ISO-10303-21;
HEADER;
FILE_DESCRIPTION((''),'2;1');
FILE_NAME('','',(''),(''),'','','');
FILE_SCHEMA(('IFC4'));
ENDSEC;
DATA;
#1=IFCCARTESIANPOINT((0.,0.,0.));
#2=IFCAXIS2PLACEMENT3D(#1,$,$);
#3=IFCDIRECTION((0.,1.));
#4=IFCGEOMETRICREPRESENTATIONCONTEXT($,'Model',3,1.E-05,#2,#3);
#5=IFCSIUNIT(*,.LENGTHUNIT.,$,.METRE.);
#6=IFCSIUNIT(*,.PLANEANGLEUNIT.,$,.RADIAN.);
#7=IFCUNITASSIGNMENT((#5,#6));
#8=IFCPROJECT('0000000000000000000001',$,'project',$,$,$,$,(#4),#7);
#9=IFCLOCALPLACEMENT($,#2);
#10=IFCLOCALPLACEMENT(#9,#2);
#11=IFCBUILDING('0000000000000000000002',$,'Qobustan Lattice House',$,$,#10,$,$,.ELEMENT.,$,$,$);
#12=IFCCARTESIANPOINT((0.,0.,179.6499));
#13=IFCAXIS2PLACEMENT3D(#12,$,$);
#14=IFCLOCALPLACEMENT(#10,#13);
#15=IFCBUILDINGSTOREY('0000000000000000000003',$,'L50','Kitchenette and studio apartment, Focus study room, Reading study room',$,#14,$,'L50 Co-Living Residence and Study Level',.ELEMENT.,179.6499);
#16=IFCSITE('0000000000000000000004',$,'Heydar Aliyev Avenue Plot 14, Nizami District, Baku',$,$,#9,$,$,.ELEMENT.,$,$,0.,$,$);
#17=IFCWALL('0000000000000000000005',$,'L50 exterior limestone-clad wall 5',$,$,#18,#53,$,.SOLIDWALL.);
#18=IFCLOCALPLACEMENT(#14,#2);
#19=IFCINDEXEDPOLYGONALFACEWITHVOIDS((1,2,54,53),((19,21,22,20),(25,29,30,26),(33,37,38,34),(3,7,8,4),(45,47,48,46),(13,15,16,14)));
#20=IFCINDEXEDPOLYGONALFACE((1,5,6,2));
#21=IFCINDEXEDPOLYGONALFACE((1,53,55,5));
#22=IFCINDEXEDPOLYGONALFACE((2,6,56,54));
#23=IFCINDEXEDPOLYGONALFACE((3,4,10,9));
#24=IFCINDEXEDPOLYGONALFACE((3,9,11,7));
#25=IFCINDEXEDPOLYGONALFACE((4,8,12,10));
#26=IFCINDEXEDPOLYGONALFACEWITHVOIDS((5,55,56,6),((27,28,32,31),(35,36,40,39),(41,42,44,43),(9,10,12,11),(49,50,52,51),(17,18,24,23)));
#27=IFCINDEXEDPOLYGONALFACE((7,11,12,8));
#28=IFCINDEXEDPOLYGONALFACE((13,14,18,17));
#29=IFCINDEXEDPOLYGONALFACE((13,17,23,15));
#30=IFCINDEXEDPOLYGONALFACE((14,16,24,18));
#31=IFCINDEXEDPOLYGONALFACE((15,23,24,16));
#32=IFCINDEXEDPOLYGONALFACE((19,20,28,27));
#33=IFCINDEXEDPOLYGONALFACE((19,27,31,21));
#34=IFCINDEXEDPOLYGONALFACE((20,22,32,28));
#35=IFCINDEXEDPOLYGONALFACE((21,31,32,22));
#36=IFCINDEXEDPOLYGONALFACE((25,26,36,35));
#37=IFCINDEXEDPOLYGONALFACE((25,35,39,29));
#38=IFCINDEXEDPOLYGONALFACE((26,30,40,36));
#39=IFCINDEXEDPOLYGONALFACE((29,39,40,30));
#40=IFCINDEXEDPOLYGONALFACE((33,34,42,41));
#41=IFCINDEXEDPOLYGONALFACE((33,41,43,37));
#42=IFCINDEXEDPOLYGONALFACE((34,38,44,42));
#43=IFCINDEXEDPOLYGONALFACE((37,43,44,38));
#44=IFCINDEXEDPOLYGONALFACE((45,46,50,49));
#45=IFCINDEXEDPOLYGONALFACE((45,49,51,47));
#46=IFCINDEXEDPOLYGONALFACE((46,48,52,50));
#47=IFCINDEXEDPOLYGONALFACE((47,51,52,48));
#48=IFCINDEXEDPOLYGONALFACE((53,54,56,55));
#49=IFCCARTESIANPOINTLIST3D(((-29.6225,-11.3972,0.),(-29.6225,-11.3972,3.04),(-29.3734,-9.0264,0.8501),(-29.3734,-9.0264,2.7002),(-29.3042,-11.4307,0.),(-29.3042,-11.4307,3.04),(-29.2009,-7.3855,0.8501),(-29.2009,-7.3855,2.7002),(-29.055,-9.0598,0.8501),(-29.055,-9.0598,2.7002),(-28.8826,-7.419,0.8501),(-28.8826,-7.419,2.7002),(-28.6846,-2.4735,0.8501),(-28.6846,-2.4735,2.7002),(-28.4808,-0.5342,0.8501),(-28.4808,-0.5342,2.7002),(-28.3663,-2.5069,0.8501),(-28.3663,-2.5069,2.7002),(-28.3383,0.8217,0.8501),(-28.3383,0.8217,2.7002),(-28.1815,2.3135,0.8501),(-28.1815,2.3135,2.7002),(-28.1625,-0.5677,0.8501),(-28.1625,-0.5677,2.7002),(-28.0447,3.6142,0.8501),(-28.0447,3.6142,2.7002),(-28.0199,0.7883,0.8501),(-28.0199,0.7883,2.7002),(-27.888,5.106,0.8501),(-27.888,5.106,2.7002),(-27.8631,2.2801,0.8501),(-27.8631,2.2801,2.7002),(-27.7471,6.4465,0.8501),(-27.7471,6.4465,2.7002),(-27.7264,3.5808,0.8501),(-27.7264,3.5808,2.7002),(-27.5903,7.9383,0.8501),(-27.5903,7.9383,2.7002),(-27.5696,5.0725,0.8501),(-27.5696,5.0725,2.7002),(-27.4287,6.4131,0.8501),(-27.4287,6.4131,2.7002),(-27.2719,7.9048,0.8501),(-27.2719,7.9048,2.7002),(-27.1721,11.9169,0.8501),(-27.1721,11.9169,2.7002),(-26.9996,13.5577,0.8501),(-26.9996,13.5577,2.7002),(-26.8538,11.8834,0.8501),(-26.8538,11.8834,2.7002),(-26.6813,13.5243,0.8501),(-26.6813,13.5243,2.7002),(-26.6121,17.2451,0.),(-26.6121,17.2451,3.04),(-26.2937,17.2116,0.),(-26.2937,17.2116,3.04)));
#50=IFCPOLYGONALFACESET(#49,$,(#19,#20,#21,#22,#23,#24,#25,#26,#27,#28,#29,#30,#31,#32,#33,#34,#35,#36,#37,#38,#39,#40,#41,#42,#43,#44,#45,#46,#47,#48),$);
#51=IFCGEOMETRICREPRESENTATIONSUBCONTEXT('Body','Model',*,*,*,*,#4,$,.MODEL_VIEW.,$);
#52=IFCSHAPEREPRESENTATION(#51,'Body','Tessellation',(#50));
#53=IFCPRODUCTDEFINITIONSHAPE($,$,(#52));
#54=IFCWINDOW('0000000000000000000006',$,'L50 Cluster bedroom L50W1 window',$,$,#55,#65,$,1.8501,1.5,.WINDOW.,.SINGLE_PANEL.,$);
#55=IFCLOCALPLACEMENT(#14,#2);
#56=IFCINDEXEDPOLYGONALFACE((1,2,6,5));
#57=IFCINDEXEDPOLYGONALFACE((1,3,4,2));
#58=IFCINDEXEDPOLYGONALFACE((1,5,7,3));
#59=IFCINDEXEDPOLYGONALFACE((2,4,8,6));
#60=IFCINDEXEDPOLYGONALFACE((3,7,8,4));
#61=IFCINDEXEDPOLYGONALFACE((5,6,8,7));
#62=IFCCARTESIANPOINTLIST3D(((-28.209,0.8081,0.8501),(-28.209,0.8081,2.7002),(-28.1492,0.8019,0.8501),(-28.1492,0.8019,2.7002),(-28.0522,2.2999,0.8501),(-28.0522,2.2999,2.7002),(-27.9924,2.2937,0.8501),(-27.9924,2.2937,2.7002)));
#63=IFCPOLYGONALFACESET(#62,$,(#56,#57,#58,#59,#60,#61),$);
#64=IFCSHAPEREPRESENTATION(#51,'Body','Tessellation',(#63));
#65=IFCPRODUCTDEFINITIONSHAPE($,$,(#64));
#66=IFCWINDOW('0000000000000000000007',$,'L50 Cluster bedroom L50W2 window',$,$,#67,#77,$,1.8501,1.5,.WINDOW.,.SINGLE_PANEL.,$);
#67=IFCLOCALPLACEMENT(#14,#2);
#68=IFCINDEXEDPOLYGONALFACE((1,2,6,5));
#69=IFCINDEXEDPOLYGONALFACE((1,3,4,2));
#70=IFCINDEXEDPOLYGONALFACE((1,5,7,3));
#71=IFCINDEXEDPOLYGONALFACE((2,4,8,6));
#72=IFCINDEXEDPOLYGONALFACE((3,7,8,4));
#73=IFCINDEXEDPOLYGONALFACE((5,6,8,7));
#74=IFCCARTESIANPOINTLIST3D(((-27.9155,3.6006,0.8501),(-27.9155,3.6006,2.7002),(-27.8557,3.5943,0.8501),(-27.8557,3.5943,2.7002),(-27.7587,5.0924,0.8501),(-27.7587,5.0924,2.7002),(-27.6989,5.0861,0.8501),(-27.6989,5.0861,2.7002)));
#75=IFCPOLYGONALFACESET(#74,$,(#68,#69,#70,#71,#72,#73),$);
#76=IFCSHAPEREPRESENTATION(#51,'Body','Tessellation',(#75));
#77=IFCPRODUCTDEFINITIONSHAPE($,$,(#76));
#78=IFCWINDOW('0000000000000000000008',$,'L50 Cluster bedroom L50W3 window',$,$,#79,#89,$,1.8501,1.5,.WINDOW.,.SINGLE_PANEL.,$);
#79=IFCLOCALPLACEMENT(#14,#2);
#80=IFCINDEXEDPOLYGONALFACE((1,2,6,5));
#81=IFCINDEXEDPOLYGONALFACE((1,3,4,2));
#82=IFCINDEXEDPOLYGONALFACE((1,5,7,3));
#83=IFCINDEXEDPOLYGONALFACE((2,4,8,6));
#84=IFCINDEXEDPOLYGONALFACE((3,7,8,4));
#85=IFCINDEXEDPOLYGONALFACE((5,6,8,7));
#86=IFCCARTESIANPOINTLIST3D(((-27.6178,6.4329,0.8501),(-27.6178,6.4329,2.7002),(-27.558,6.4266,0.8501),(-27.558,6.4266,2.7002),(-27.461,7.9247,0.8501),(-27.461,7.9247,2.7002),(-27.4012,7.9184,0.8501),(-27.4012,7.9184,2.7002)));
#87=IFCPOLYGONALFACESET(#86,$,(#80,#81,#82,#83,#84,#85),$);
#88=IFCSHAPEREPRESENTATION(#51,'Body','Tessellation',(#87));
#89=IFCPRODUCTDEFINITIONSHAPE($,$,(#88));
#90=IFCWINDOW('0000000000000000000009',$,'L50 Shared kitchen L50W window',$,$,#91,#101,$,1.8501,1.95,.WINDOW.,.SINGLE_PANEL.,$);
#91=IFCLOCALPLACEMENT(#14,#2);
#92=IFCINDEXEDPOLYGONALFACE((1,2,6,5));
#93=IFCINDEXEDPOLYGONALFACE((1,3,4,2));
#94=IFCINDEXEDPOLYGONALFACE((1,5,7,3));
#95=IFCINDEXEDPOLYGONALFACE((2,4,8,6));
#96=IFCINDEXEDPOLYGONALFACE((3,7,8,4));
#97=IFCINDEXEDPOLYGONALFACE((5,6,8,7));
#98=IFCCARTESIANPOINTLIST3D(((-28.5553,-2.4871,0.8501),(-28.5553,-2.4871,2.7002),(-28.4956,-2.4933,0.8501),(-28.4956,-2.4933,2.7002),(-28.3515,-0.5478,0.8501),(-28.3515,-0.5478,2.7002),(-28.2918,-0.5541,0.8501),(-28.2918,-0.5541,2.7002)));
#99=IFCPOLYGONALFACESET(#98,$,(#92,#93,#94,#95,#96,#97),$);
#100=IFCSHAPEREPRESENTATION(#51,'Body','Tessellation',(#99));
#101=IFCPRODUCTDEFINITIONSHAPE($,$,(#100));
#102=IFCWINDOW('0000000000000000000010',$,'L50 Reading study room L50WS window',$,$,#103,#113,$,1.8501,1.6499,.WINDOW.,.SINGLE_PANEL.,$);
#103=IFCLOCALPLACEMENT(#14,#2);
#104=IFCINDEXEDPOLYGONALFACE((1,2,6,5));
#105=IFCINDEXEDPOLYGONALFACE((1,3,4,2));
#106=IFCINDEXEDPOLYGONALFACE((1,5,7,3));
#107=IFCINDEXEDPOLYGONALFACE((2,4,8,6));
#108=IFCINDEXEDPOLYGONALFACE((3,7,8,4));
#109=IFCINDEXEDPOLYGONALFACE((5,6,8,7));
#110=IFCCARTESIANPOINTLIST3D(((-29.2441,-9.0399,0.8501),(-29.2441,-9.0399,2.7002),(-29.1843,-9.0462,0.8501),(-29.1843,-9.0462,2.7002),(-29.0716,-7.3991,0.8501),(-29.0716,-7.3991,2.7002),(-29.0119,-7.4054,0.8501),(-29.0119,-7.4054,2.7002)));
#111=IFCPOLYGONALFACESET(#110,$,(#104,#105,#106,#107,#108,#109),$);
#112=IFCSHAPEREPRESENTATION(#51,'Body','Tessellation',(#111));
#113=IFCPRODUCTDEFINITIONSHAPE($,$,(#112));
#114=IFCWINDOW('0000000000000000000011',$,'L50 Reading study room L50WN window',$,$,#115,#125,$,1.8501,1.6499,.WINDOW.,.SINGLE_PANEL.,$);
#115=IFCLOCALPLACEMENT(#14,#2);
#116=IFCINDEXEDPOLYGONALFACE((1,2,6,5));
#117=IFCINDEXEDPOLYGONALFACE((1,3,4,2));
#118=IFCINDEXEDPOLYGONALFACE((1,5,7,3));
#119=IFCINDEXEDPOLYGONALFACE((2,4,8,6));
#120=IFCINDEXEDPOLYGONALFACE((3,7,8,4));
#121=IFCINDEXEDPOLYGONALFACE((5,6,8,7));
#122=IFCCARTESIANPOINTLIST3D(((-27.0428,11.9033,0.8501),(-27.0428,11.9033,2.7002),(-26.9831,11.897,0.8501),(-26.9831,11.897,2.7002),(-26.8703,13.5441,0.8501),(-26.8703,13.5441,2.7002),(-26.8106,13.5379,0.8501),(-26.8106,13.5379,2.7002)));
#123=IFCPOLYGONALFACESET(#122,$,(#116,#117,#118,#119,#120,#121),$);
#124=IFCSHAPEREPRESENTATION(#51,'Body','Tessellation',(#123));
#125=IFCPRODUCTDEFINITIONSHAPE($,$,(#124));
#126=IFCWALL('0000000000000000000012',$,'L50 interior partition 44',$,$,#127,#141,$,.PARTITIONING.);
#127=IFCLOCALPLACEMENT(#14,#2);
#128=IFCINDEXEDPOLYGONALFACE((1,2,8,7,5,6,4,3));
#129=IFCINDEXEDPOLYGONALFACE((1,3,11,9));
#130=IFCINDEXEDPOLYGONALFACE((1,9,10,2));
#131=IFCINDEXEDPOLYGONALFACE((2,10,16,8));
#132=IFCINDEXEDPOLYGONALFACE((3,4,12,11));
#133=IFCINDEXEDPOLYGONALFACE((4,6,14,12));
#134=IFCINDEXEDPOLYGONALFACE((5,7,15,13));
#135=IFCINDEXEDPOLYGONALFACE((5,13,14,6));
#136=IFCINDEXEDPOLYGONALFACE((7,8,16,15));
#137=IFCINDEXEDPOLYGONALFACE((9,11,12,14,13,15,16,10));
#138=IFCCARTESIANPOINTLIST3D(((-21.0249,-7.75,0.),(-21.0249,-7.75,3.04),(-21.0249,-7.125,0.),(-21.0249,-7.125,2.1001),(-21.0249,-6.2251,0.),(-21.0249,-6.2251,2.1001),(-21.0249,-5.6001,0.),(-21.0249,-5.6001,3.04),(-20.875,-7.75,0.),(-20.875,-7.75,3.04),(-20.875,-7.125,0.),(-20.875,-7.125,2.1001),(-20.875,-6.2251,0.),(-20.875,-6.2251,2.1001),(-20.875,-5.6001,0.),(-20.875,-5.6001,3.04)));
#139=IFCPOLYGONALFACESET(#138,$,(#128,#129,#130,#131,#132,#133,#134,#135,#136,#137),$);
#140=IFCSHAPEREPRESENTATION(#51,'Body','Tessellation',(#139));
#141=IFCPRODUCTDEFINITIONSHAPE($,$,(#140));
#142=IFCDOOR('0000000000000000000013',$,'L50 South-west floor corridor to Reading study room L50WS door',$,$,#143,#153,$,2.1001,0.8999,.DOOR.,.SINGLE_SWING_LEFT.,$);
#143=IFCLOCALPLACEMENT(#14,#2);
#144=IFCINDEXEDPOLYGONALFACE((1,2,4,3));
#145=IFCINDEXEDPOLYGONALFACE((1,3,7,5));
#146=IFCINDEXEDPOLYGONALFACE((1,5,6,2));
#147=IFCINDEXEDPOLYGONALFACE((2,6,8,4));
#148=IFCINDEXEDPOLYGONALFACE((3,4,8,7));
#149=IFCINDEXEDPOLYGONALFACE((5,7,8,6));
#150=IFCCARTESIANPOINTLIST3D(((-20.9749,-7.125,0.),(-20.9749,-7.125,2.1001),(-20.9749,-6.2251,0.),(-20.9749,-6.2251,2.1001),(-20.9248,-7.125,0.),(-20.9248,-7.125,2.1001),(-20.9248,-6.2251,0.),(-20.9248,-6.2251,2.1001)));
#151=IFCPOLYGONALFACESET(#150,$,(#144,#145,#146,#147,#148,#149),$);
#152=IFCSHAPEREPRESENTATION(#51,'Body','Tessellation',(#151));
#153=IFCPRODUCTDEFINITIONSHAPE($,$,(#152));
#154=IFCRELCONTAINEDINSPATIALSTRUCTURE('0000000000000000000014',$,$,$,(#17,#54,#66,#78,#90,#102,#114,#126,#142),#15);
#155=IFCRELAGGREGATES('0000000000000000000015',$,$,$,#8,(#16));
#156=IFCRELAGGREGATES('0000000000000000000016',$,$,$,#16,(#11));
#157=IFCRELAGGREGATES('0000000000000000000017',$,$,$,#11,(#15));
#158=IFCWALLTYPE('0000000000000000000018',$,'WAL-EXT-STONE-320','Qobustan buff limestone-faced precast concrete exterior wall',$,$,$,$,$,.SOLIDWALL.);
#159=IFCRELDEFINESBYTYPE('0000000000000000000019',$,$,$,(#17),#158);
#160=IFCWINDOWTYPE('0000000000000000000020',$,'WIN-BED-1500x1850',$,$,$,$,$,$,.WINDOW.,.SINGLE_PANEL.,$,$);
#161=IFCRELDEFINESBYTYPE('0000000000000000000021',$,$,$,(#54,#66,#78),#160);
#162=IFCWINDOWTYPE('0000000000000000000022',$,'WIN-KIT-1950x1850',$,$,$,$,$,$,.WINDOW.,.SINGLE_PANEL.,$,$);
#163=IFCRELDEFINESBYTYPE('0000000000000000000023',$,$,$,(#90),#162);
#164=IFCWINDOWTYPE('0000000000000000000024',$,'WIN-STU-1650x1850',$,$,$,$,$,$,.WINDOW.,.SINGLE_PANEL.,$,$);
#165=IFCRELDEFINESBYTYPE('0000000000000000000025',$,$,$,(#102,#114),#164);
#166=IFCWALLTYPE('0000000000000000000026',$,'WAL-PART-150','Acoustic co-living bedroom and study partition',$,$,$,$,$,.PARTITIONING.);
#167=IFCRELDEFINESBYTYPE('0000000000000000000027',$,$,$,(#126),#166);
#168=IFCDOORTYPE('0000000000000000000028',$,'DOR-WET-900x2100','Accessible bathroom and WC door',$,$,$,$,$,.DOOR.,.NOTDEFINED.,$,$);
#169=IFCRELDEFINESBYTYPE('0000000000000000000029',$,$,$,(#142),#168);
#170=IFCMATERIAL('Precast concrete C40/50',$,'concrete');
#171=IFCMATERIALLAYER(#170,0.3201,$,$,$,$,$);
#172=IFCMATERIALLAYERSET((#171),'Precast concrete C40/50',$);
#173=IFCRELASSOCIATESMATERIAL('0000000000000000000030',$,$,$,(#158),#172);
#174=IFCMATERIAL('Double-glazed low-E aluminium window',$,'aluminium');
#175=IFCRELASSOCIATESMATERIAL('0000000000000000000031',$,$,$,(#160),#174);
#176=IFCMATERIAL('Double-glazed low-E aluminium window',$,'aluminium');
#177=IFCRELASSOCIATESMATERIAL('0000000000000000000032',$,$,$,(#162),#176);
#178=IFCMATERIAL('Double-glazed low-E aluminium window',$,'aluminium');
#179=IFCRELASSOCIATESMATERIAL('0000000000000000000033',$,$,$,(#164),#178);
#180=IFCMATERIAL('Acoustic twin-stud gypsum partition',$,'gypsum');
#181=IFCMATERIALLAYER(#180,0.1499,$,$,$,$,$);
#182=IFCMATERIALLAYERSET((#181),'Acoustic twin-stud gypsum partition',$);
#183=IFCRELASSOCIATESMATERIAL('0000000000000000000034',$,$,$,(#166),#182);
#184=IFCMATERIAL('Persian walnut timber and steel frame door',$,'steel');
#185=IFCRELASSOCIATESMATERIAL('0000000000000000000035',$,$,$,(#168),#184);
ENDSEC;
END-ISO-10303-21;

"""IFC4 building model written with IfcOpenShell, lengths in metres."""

from ifc_helpers import new_model, si_unit, direction, frame, frame_2d, origin, place, context, subcontext, project, spatial, rectangle, extrude, material, layer, layer_set, type_object, element, fill, save


model = new_model("IFC4")

# Units and contexts
model_context = context("Model", 3, precision=1e-05, world=origin(), true_north=direction((0.0, 1.0)))
body_context = subcontext(model_context, "Body", "Model", "MODEL_VIEW")
ifc_project = project(units=[si_unit("LENGTHUNIT", "METRE"), si_unit("PLANEANGLEUNIT", "RADIAN")], contexts=[model_context])

# Site, building, storey
site_placement = place(None, origin())
site = spatial("IfcSite", under=ifc_project, at=site_placement, Name="Heydar Aliyev Avenue Plot 14, Nizami District, Baku", CompositionType="ELEMENT", RefElevation=0.0)
building_placement = place(site_placement, origin())
building = spatial("IfcBuilding", under=site, at=building_placement, Name="Qobustan Lattice House", CompositionType="ELEMENT")
storey_placement = place(building_placement, frame((0.0, 0.0, 179.6499)))
storey = spatial("IfcBuildingStorey", under=building, at=storey_placement, Name="L50", Description="Kitchenette and studio apartment, Focus study room, Reading study room", LongName="L50 Co-Living Residence and Study Level", CompositionType="ELEMENT", Elevation=179.6499)

# Shared definitions
ifc_material_1 = material(Name="Precast concrete C40/50", Category="concrete")
ifc_layer_1 = layer(ifc_material_1, 0.3201)
ifc_layer_set_1 = layer_set([ifc_layer_1], Name="Precast concrete C40/50")
wall_type_1 = type_object("IfcWallType", Name="WAL-EXT-STONE-320", Description="Qobustan buff limestone-faced precast concrete exterior wall", PredefinedType="SOLIDWALL", material=ifc_layer_set_1)

# Wall, openings, windows
wall_1_placement = place(storey_placement, frame((-29.4634, -11.4138, 0.0), z_axis=(0.0, 0.0, 1.0), x_axis=(0.104531, 0.994522, 0.0)))
wall_1 = element("IfcWall", 1, at=wall_1_placement, inside=storey, type_object=wall_type_1, Name="L50 exterior limestone-clad wall 5", PredefinedType="SOLIDWALL", context=body_context, shape_type="SweptSolid", body=[
    extrude(rectangle(XDim=28.8, YDim=0.3201, at=frame_2d((14.3999, 0.0))), origin(), (0.0, 0.0, 1.0), 3.04),
])
opening_1_placement = place(wall_1_placement, frame((2.3838, 0.0, 0.8501)))
opening_1 = element("IfcOpeningElement", 2, at=opening_1_placement, cuts=wall_1, PredefinedType="OPENING", context=body_context, shape_type="SweptSolid", body=[
    extrude(rectangle(XDim=1.6499, YDim=1.8501, at=frame_2d((0.825, 0.925))), frame((0.0, 0.1699, 0.0), z_axis=(0.0, -1.0, 0.0), x_axis=(1.0, 0.0, 0.0)), (0.0, 0.0, 1.0), 0.3401),
])
opening_2_placement = place(wall_1_placement, frame((8.9727, 0.0, 0.8501)))
opening_2 = element("IfcOpeningElement", 3, at=opening_2_placement, cuts=wall_1, PredefinedType="OPENING", context=body_context, shape_type="SweptSolid", body=[
    extrude(rectangle(XDim=1.95, YDim=1.8501, at=frame_2d((0.9751, 0.925))), frame((0.0, 0.1699, 0.0), z_axis=(0.0, -1.0, 0.0), x_axis=(1.0, 0.0, 0.0)), (0.0, 0.0, 1.0), 0.3401),
])
opening_3_placement = place(wall_1_placement, frame((12.2861, 0.0, 0.8501)))
opening_3 = element("IfcOpeningElement", 4, at=opening_3_placement, cuts=wall_1, PredefinedType="OPENING", context=body_context, shape_type="SweptSolid", body=[
    extrude(rectangle(XDim=1.5, YDim=1.8501, at=frame_2d((0.75, 0.925))), frame((0.0, 0.1699, 0.0), z_axis=(0.0, -1.0, 0.0), x_axis=(1.0, 0.0, 0.0)), (0.0, 0.0, 1.0), 0.3401),
])
opening_4_placement = place(wall_1_placement, frame((15.094, 0.0, 0.8501)))
opening_4 = element("IfcOpeningElement", 5, at=opening_4_placement, cuts=wall_1, PredefinedType="OPENING", context=body_context, shape_type="SweptSolid", body=[
    extrude(rectangle(XDim=1.5, YDim=1.8501, at=frame_2d((0.75, 0.925))), frame((0.0, 0.1699, 0.0), z_axis=(0.0, -1.0, 0.0), x_axis=(1.0, 0.0, 0.0)), (0.0, 0.0, 1.0), 0.3401),
])
opening_5_placement = place(wall_1_placement, frame((17.9419, 0.0, 0.8501)))
opening_5 = element("IfcOpeningElement", 6, at=opening_5_placement, cuts=wall_1, PredefinedType="OPENING", context=body_context, shape_type="SweptSolid", body=[
    extrude(rectangle(XDim=1.5, YDim=1.8501, at=frame_2d((0.75, 0.925))), frame((0.0, 0.1699, 0.0), z_axis=(0.0, -1.0, 0.0), x_axis=(1.0, 0.0, 0.0)), (0.0, 0.0, 1.0), 0.3401),
])
opening_6_placement = place(wall_1_placement, frame((23.4424, 0.0, 0.8501)))
opening_6 = element("IfcOpeningElement", 7, at=opening_6_placement, cuts=wall_1, PredefinedType="OPENING", context=body_context, shape_type="SweptSolid", body=[
    extrude(rectangle(XDim=1.6499, YDim=1.8501, at=frame_2d((0.825, 0.925))), frame((0.0, 0.1699, 0.0), z_axis=(0.0, -1.0, 0.0), x_axis=(1.0, 0.0, 0.0)), (0.0, 0.0, 1.0), 0.3401),
])
ifc_material_2 = material(Name="Double-glazed low-E aluminium window", Category="aluminium")
window_type_1 = type_object("IfcWindowType", Name="WIN-BED-1500x1850", PartitioningType="SINGLE_PANEL", PredefinedType="WINDOW", material=ifc_material_2)
window_1_placement = place(opening_3_placement, origin())
window_1 = element("IfcWindow", 8, at=window_1_placement, inside=storey, type_object=window_type_1, Name="L50 Cluster bedroom L50W1 window", OverallHeight=1.8501, OverallWidth=1.5, PartitioningType="SINGLE_PANEL", PredefinedType="WINDOW", context=body_context, shape_type="SweptSolid", body=[
    extrude(rectangle(XDim=1.5, YDim=1.8501, at=frame_2d((0.75, 0.925))), frame((0.0, 0.03, 0.0), z_axis=(0.0, -1.0, 0.0), x_axis=(1.0, 0.0, 0.0)), (0.0, 0.0, 1.0), 0.0601),
])
fill(opening_3, window_1)
window_2_placement = place(opening_4_placement, origin())
window_2 = element("IfcWindow", 9, at=window_2_placement, inside=storey, type_object=window_type_1, Name="L50 Cluster bedroom L50W2 window", OverallHeight=1.8501, OverallWidth=1.5, PartitioningType="SINGLE_PANEL", PredefinedType="WINDOW", context=body_context, shape_type="SweptSolid", body=[
    extrude(rectangle(XDim=1.5, YDim=1.8501, at=frame_2d((0.75, 0.925))), frame((0.0, 0.03, 0.0), z_axis=(0.0, -1.0, 0.0), x_axis=(1.0, 0.0, 0.0)), (0.0, 0.0, 1.0), 0.0601),
])
fill(opening_4, window_2)
window_3_placement = place(opening_5_placement, origin())
window_3 = element("IfcWindow", 10, at=window_3_placement, inside=storey, type_object=window_type_1, Name="L50 Cluster bedroom L50W3 window", OverallHeight=1.8501, OverallWidth=1.5, PartitioningType="SINGLE_PANEL", PredefinedType="WINDOW", context=body_context, shape_type="SweptSolid", body=[
    extrude(rectangle(XDim=1.5, YDim=1.8501, at=frame_2d((0.75, 0.925))), frame((0.0, 0.03, 0.0), z_axis=(0.0, -1.0, 0.0), x_axis=(1.0, 0.0, 0.0)), (0.0, 0.0, 1.0), 0.0601),
])
fill(opening_5, window_3)
ifc_material_3 = material(Name="Double-glazed low-E aluminium window", Category="aluminium")
window_type_2 = type_object("IfcWindowType", Name="WIN-KIT-1950x1850", PartitioningType="SINGLE_PANEL", PredefinedType="WINDOW", material=ifc_material_3)
window_4_placement = place(opening_2_placement, origin())
window_4 = element("IfcWindow", 11, at=window_4_placement, inside=storey, type_object=window_type_2, Name="L50 Shared kitchen L50W window", OverallHeight=1.8501, OverallWidth=1.95, PartitioningType="SINGLE_PANEL", PredefinedType="WINDOW", context=body_context, shape_type="SweptSolid", body=[
    extrude(rectangle(XDim=1.95, YDim=1.8501, at=frame_2d((0.9751, 0.925))), frame((0.0, 0.03, 0.0), z_axis=(0.0, -1.0, 0.0), x_axis=(1.0, 0.0, 0.0)), (0.0, 0.0, 1.0), 0.0601),
])
fill(opening_2, window_4)
ifc_material_4 = material(Name="Double-glazed low-E aluminium window", Category="aluminium")
window_type_3 = type_object("IfcWindowType", Name="WIN-STU-1650x1850", PartitioningType="SINGLE_PANEL", PredefinedType="WINDOW", material=ifc_material_4)
window_5_placement = place(opening_1_placement, origin())
window_5 = element("IfcWindow", 12, at=window_5_placement, inside=storey, type_object=window_type_3, Name="L50 Reading study room L50WS window", OverallHeight=1.8501, OverallWidth=1.6499, PartitioningType="SINGLE_PANEL", PredefinedType="WINDOW", context=body_context, shape_type="SweptSolid", body=[
    extrude(rectangle(XDim=1.6499, YDim=1.8501, at=frame_2d((0.825, 0.925))), frame((0.0, 0.03, 0.0), z_axis=(0.0, -1.0, 0.0), x_axis=(1.0, 0.0, 0.0)), (0.0, 0.0, 1.0), 0.0601),
])
fill(opening_1, window_5)
window_6_placement = place(opening_6_placement, origin())
window_6 = element("IfcWindow", 13, at=window_6_placement, inside=storey, type_object=window_type_3, Name="L50 Reading study room L50WN window", OverallHeight=1.8501, OverallWidth=1.6499, PartitioningType="SINGLE_PANEL", PredefinedType="WINDOW", context=body_context, shape_type="SweptSolid", body=[
    extrude(rectangle(XDim=1.6499, YDim=1.8501, at=frame_2d((0.825, 0.925))), frame((0.0, 0.03, 0.0), z_axis=(0.0, -1.0, 0.0), x_axis=(1.0, 0.0, 0.0)), (0.0, 0.0, 1.0), 0.0601),
])
fill(opening_6, window_6)

# Wall, opening, door
ifc_material_5 = material(Name="Acoustic twin-stud gypsum partition", Category="gypsum")
ifc_layer_2 = layer(ifc_material_5, 0.1499)
ifc_layer_set_2 = layer_set([ifc_layer_2], Name="Acoustic twin-stud gypsum partition")
wall_type_2 = type_object("IfcWallType", Name="WAL-PART-150", Description="Acoustic co-living bedroom and study partition", PredefinedType="PARTITIONING", material=ifc_layer_set_2)
wall_2_placement = place(storey_placement, frame((-20.95, -7.75, 0.0), z_axis=(0.0, 0.0, 1.0), x_axis=(0.0, 1.0, 0.0)))
wall_2 = element("IfcWall", 14, at=wall_2_placement, inside=storey, type_object=wall_type_2, Name="L50 interior partition 44", PredefinedType="PARTITIONING", context=body_context, shape_type="SweptSolid", body=[
    extrude(rectangle(XDim=2.1499, YDim=0.1499, at=frame_2d((1.075, 0.0))), origin(), (0.0, 0.0, 1.0), 3.04),
])
opening_7_placement = place(wall_2_placement, frame((0.625, 0.0, 0.0)))
opening_7 = element("IfcOpeningElement", 15, at=opening_7_placement, cuts=wall_2, PredefinedType="OPENING", context=body_context, shape_type="SweptSolid", body=[
    extrude(rectangle(XDim=0.8999, YDim=2.1001, at=frame_2d((0.45, 1.05))), frame((0.0, 0.085, 0.0), z_axis=(0.0, -1.0, 0.0), x_axis=(1.0, 0.0, 0.0)), (0.0, 0.0, 1.0), 0.1699),
])
ifc_material_6 = material(Name="Persian walnut timber and steel frame door", Category="steel")
door_type = type_object("IfcDoorType", Name="DOR-WET-900x2100", Description="Accessible bathroom and WC door", OperationType="NOTDEFINED", PredefinedType="DOOR", material=ifc_material_6)
door_placement = place(opening_7_placement, origin())
door = element("IfcDoor", 16, at=door_placement, inside=storey, type_object=door_type, Name="L50 South-west floor corridor to Reading study room L50WS door", OperationType="SINGLE_SWING_LEFT", OverallHeight=2.1001, OverallWidth=0.8999, PredefinedType="DOOR", context=body_context, shape_type="SweptSolid", body=[
    extrude(rectangle(XDim=0.8999, YDim=2.1001, at=frame_2d((0.45, 1.05))), frame((0.0, 0.0249, 0.0), z_axis=(0.0, -1.0, 0.0), x_axis=(1.0, 0.0, 0.0)), (0.0, 0.0, 1.0), 0.05),
])
fill(opening_7, door)

save(model, "model.ifc")
